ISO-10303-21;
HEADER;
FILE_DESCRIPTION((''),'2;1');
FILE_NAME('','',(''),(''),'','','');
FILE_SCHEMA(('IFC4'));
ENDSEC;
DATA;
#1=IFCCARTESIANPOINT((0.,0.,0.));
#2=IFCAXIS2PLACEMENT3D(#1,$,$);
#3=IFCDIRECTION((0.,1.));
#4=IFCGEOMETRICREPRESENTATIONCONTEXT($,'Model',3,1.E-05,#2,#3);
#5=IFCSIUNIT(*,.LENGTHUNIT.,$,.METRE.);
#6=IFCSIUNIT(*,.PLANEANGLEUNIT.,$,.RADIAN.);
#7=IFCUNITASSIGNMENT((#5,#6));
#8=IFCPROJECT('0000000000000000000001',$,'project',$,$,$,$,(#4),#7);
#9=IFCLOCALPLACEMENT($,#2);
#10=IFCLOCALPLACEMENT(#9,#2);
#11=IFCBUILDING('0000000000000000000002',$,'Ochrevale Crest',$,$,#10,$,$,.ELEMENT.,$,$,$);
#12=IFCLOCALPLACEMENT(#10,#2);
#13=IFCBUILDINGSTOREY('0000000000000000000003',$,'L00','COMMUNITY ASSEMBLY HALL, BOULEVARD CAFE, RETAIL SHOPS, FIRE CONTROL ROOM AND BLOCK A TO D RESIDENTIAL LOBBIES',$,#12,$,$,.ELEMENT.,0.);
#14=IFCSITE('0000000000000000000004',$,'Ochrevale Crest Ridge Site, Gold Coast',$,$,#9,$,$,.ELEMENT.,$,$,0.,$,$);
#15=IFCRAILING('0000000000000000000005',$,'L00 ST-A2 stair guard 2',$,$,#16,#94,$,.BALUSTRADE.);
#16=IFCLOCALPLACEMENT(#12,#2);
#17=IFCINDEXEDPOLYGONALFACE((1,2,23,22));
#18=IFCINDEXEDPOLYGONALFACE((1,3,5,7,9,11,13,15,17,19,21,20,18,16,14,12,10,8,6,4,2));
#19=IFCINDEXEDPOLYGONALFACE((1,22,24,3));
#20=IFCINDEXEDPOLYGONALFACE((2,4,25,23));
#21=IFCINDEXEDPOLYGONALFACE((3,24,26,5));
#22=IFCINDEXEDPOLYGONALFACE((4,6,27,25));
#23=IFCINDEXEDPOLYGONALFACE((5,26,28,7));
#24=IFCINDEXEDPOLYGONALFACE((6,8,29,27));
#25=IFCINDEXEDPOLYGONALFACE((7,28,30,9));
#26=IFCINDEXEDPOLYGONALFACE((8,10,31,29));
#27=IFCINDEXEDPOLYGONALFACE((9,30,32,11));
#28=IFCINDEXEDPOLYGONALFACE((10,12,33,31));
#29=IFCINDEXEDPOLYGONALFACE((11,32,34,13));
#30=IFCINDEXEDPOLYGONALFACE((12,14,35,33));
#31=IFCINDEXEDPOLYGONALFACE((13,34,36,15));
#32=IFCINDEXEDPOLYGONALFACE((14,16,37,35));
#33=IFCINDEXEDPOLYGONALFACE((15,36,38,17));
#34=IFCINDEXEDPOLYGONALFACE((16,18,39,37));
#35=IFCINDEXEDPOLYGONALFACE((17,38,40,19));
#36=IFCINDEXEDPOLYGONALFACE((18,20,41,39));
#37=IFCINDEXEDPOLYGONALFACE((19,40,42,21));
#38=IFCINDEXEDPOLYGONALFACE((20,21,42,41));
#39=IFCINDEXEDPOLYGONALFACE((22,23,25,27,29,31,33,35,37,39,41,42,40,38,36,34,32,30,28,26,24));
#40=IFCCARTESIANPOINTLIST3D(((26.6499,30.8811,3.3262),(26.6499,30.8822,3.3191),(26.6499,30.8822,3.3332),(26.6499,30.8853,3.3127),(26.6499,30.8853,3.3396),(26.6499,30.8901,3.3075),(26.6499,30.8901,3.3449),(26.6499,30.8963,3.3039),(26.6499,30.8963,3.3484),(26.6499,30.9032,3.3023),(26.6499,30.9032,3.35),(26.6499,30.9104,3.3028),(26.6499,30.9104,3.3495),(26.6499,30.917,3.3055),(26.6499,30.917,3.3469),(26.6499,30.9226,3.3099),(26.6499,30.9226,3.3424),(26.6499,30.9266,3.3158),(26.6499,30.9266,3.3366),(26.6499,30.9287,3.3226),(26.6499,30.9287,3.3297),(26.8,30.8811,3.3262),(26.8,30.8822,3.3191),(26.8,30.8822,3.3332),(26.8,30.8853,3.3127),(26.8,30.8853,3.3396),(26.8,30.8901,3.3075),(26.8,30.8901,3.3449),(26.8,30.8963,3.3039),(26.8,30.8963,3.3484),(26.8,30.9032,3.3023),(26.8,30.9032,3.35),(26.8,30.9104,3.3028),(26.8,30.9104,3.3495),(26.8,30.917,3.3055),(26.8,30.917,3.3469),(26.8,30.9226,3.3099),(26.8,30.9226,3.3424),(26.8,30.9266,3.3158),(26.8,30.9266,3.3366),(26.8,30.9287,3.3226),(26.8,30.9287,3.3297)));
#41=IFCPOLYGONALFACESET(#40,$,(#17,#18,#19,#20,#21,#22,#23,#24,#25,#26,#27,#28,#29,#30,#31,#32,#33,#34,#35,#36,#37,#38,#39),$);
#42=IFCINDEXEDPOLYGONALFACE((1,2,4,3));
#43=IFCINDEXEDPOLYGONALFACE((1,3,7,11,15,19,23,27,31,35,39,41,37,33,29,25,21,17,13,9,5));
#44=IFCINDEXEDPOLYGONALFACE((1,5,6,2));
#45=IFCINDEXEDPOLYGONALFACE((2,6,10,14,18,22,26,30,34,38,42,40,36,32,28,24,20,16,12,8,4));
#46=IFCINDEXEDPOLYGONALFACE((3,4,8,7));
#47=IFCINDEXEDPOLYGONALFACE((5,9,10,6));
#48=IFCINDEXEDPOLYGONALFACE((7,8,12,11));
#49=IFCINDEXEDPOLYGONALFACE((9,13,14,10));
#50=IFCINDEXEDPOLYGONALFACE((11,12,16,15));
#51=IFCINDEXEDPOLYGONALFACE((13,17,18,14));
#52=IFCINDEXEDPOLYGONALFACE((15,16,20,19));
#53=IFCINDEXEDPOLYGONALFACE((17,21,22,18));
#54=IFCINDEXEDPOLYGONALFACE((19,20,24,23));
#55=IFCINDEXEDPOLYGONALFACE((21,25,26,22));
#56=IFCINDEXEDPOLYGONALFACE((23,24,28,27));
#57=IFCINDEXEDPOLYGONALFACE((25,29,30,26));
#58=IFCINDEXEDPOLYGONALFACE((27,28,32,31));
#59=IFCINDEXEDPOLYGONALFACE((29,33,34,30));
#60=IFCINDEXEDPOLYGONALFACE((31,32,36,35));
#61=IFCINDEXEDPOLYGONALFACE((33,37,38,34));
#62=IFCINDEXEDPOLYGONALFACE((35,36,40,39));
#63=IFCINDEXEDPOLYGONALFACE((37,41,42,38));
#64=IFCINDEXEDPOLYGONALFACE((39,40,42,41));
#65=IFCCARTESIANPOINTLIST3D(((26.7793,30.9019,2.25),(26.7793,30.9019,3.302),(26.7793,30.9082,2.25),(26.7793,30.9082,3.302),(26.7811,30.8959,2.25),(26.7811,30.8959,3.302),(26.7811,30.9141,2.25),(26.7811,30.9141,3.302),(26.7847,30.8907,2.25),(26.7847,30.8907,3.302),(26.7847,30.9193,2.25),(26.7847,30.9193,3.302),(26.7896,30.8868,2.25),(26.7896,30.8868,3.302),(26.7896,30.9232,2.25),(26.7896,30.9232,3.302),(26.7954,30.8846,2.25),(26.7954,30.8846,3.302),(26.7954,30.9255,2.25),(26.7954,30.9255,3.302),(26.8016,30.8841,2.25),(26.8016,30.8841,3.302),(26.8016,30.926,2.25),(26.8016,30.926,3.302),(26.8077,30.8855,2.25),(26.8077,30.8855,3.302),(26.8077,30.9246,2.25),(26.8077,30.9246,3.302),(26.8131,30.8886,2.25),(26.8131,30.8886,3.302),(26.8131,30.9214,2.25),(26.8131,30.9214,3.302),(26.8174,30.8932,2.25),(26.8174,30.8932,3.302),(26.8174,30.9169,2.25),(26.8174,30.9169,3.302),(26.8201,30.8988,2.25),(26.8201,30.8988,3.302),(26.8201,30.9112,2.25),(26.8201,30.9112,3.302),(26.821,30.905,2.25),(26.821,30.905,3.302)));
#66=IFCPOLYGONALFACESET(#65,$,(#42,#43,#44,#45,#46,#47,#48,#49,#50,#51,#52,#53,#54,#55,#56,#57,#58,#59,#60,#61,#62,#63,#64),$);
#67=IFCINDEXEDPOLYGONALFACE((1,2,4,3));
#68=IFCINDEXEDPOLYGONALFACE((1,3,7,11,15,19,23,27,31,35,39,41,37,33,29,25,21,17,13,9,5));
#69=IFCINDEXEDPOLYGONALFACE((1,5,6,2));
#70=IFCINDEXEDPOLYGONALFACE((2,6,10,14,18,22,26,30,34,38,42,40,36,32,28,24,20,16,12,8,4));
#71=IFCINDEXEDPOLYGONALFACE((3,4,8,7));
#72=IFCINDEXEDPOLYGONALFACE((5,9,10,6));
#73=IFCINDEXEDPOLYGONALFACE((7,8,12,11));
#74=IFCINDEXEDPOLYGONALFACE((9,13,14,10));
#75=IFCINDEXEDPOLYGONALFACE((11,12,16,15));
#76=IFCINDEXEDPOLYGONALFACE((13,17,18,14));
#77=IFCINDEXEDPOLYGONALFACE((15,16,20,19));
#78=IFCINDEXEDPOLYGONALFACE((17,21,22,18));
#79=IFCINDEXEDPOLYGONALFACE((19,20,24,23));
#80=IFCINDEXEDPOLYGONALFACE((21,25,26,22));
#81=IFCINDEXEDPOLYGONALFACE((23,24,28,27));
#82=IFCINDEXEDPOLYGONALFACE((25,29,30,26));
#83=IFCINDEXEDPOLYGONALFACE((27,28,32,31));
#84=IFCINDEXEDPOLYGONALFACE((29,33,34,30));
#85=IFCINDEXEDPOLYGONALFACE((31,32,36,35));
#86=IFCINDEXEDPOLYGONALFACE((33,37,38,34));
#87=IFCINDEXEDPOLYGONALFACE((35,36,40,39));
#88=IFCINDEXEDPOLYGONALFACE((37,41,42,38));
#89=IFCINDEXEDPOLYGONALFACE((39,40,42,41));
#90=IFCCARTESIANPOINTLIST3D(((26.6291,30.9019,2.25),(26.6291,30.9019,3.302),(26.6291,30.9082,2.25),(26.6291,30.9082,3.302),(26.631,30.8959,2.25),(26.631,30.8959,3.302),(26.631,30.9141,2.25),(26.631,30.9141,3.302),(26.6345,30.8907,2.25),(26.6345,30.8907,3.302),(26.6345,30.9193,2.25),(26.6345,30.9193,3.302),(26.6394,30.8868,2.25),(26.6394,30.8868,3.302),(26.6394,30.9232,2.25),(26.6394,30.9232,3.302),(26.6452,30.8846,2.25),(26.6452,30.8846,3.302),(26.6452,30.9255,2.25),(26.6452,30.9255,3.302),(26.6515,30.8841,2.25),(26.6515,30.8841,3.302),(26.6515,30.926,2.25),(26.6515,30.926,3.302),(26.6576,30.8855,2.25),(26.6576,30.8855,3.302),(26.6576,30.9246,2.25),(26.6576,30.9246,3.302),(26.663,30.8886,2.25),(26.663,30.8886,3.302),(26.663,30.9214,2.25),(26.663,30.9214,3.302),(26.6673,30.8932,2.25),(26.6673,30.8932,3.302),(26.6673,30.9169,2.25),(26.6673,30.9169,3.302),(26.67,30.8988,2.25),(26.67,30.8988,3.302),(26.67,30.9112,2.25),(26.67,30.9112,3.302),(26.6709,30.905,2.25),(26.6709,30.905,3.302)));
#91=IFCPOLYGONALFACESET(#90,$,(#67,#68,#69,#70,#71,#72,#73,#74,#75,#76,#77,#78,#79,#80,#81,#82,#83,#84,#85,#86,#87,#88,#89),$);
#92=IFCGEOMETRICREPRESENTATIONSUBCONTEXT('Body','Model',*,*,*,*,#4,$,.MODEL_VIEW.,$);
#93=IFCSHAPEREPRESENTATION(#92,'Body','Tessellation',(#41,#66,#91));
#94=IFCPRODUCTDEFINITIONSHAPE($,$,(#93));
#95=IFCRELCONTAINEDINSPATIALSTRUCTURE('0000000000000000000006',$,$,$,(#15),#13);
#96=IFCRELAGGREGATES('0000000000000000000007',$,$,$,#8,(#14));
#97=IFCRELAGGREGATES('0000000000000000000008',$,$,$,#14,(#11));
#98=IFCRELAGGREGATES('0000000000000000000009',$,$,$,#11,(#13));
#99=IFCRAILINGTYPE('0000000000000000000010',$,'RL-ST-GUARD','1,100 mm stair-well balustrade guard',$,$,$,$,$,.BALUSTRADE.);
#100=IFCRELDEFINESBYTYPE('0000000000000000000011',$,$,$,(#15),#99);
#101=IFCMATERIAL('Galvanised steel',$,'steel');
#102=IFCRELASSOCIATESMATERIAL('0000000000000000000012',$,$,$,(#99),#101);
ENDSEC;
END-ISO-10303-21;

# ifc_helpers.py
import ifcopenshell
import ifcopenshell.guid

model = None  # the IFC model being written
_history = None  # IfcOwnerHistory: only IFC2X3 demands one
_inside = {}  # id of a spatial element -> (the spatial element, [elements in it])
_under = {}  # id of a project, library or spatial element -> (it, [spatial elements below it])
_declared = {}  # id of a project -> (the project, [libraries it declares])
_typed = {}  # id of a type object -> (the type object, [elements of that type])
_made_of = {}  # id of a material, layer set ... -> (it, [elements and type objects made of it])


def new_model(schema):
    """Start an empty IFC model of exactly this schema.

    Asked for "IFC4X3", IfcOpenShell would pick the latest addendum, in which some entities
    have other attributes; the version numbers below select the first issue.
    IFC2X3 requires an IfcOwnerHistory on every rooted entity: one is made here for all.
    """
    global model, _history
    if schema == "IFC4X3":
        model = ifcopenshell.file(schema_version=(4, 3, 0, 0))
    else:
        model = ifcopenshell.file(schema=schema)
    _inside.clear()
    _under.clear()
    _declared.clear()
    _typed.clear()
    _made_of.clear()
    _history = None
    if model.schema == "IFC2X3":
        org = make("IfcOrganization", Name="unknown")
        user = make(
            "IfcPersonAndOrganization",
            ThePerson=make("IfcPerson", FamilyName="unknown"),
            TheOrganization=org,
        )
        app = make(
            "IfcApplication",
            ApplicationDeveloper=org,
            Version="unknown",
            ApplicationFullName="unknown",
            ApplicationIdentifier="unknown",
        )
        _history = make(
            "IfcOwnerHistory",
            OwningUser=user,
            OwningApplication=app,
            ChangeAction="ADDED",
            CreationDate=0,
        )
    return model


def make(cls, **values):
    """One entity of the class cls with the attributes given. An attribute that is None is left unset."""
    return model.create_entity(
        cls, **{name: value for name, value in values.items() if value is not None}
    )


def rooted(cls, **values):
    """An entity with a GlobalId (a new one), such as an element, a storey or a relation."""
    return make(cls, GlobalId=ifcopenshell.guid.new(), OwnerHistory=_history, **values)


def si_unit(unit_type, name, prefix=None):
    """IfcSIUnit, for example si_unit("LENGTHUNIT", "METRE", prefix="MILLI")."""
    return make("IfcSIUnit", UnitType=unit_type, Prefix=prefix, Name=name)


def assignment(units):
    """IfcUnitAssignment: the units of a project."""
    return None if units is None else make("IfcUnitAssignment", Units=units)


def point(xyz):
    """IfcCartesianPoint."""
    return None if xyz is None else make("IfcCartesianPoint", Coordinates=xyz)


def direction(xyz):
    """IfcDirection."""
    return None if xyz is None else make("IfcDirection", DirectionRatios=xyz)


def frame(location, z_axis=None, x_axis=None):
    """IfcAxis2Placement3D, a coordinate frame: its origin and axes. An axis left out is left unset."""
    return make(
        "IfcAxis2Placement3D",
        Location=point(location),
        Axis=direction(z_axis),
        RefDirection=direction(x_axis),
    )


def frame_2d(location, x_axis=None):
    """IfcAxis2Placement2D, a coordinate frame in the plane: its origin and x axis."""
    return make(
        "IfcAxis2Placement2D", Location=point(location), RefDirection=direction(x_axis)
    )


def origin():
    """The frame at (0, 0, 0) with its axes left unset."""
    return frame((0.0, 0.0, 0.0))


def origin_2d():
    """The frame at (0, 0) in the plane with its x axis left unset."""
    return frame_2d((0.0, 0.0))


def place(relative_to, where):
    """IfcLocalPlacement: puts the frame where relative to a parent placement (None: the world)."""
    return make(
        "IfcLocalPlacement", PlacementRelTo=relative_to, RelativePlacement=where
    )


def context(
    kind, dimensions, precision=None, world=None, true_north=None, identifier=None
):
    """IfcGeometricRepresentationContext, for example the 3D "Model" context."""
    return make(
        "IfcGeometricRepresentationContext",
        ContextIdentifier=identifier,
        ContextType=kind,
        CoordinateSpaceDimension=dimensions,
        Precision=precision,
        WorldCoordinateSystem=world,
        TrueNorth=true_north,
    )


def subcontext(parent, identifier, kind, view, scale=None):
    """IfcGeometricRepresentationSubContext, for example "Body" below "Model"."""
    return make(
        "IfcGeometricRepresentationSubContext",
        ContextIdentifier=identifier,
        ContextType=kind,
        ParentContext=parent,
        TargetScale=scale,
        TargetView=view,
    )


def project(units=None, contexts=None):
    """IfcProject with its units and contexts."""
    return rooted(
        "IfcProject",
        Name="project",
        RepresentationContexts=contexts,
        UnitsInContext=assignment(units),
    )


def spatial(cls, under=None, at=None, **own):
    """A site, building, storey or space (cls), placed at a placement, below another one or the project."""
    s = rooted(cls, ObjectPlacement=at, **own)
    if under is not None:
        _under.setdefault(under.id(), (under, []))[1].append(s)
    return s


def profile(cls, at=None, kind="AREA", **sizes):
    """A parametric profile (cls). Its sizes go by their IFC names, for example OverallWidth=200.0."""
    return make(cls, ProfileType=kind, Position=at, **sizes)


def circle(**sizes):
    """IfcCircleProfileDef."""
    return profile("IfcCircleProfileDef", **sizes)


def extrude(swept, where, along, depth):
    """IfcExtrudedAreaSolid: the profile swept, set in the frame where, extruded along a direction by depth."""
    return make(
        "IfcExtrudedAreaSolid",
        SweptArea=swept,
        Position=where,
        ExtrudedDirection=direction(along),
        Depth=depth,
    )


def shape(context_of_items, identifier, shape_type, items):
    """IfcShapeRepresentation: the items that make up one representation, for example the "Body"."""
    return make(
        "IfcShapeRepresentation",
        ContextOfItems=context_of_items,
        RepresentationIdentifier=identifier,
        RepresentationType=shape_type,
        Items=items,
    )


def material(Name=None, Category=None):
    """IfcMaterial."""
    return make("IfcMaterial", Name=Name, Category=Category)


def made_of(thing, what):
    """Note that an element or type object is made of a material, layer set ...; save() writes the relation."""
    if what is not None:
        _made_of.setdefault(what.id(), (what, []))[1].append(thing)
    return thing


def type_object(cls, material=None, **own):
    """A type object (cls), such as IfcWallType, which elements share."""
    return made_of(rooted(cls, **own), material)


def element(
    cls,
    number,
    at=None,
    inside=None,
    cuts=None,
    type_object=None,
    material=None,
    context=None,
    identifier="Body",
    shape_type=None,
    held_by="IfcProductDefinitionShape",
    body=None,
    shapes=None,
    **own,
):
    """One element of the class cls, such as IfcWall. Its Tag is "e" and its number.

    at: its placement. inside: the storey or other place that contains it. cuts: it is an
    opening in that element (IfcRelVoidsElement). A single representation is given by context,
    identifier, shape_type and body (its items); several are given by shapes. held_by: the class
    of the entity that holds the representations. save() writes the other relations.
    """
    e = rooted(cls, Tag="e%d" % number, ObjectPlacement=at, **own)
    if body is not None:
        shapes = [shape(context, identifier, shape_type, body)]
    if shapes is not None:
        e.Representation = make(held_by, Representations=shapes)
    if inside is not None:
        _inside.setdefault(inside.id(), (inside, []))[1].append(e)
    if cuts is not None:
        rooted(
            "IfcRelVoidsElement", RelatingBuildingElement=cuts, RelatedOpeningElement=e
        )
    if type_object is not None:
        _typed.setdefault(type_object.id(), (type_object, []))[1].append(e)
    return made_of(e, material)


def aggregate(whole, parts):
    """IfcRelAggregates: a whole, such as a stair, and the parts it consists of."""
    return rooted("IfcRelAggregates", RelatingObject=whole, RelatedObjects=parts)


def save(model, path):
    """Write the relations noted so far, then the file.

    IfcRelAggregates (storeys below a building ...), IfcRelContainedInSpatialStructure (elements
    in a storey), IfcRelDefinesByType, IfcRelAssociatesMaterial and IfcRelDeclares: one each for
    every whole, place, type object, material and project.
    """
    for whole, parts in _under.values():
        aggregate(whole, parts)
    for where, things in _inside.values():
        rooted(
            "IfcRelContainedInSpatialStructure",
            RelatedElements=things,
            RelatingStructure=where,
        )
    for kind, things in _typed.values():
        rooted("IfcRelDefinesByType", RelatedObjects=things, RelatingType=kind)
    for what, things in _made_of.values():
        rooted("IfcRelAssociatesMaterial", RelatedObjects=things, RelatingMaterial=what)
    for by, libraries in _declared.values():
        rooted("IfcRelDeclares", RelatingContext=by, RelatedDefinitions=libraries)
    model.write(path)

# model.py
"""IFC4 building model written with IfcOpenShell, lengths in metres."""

from ifc_helpers import new_model, si_unit, direction, frame, origin, origin_2d, place, context, subcontext, project, spatial, circle, extrude, material, type_object, element, save


model = new_model("IFC4")

# Units and contexts
model_context = context("Model", 3, precision=1e-05, world=origin(), true_north=direction((0.0, 1.0)))
body_context = subcontext(model_context, "Body", "Model", "MODEL_VIEW")
ifc_project = project(units=[si_unit("LENGTHUNIT", "METRE"), si_unit("PLANEANGLEUNIT", "RADIAN")], contexts=[model_context])

# Site, building, storey
site_placement = place(None, origin())
site = spatial("IfcSite", under=ifc_project, at=site_placement, Name="Ochrevale Crest Ridge Site, Gold Coast", CompositionType="ELEMENT", RefElevation=0.0)
building_placement = place(site_placement, origin())
building = spatial("IfcBuilding", under=site, at=building_placement, Name="Ochrevale Crest", CompositionType="ELEMENT")
storey_placement = place(building_placement, origin())
storey = spatial("IfcBuildingStorey", under=building, at=storey_placement, Name="L00", Description="COMMUNITY ASSEMBLY HALL, BOULEVARD CAFE, RETAIL SHOPS, FIRE CONTROL ROOM AND BLOCK A TO D RESIDENTIAL LOBBIES", CompositionType="ELEMENT", Elevation=0.0)

# Railing
ifc_material_1 = material(Name="Galvanised steel", Category="steel")
railing_type_1 = type_object("IfcRailingType", Name="RL-ST-GUARD", Description="1,100 mm stair-well balustrade guard", PredefinedType="BALUSTRADE", material=ifc_material_1)
railing_1_placement = place(storey_placement, frame((26.8, 30.905, 2.25)))
element("IfcRailing", 1, at=railing_1_placement, inside=storey, type_object=railing_type_1, Name="L00 ST-A2 stair guard 2", PredefinedType="BALUSTRADE", context=body_context, shape_type="SweptSolid", body=[
    extrude(circle(Radius=0.0239, at=origin_2d()), frame((0.0, 0.0, 1.0762), z_axis=(-1.0, 0.0, 0.0), x_axis=(0.0, -1.0, 0.0)), (0.0, 0.0, 1.0), 0.1501),
    extrude(circle(Radius=0.021, at=origin_2d()), origin(), (0.0, 0.0, 1.0), 1.052),
    extrude(circle(Radius=0.021, at=origin_2d()), frame((-0.1501, 0.0, 0.0)), (0.0, 0.0, 1.0), 1.052),
])

save(model, "model.ifc")
